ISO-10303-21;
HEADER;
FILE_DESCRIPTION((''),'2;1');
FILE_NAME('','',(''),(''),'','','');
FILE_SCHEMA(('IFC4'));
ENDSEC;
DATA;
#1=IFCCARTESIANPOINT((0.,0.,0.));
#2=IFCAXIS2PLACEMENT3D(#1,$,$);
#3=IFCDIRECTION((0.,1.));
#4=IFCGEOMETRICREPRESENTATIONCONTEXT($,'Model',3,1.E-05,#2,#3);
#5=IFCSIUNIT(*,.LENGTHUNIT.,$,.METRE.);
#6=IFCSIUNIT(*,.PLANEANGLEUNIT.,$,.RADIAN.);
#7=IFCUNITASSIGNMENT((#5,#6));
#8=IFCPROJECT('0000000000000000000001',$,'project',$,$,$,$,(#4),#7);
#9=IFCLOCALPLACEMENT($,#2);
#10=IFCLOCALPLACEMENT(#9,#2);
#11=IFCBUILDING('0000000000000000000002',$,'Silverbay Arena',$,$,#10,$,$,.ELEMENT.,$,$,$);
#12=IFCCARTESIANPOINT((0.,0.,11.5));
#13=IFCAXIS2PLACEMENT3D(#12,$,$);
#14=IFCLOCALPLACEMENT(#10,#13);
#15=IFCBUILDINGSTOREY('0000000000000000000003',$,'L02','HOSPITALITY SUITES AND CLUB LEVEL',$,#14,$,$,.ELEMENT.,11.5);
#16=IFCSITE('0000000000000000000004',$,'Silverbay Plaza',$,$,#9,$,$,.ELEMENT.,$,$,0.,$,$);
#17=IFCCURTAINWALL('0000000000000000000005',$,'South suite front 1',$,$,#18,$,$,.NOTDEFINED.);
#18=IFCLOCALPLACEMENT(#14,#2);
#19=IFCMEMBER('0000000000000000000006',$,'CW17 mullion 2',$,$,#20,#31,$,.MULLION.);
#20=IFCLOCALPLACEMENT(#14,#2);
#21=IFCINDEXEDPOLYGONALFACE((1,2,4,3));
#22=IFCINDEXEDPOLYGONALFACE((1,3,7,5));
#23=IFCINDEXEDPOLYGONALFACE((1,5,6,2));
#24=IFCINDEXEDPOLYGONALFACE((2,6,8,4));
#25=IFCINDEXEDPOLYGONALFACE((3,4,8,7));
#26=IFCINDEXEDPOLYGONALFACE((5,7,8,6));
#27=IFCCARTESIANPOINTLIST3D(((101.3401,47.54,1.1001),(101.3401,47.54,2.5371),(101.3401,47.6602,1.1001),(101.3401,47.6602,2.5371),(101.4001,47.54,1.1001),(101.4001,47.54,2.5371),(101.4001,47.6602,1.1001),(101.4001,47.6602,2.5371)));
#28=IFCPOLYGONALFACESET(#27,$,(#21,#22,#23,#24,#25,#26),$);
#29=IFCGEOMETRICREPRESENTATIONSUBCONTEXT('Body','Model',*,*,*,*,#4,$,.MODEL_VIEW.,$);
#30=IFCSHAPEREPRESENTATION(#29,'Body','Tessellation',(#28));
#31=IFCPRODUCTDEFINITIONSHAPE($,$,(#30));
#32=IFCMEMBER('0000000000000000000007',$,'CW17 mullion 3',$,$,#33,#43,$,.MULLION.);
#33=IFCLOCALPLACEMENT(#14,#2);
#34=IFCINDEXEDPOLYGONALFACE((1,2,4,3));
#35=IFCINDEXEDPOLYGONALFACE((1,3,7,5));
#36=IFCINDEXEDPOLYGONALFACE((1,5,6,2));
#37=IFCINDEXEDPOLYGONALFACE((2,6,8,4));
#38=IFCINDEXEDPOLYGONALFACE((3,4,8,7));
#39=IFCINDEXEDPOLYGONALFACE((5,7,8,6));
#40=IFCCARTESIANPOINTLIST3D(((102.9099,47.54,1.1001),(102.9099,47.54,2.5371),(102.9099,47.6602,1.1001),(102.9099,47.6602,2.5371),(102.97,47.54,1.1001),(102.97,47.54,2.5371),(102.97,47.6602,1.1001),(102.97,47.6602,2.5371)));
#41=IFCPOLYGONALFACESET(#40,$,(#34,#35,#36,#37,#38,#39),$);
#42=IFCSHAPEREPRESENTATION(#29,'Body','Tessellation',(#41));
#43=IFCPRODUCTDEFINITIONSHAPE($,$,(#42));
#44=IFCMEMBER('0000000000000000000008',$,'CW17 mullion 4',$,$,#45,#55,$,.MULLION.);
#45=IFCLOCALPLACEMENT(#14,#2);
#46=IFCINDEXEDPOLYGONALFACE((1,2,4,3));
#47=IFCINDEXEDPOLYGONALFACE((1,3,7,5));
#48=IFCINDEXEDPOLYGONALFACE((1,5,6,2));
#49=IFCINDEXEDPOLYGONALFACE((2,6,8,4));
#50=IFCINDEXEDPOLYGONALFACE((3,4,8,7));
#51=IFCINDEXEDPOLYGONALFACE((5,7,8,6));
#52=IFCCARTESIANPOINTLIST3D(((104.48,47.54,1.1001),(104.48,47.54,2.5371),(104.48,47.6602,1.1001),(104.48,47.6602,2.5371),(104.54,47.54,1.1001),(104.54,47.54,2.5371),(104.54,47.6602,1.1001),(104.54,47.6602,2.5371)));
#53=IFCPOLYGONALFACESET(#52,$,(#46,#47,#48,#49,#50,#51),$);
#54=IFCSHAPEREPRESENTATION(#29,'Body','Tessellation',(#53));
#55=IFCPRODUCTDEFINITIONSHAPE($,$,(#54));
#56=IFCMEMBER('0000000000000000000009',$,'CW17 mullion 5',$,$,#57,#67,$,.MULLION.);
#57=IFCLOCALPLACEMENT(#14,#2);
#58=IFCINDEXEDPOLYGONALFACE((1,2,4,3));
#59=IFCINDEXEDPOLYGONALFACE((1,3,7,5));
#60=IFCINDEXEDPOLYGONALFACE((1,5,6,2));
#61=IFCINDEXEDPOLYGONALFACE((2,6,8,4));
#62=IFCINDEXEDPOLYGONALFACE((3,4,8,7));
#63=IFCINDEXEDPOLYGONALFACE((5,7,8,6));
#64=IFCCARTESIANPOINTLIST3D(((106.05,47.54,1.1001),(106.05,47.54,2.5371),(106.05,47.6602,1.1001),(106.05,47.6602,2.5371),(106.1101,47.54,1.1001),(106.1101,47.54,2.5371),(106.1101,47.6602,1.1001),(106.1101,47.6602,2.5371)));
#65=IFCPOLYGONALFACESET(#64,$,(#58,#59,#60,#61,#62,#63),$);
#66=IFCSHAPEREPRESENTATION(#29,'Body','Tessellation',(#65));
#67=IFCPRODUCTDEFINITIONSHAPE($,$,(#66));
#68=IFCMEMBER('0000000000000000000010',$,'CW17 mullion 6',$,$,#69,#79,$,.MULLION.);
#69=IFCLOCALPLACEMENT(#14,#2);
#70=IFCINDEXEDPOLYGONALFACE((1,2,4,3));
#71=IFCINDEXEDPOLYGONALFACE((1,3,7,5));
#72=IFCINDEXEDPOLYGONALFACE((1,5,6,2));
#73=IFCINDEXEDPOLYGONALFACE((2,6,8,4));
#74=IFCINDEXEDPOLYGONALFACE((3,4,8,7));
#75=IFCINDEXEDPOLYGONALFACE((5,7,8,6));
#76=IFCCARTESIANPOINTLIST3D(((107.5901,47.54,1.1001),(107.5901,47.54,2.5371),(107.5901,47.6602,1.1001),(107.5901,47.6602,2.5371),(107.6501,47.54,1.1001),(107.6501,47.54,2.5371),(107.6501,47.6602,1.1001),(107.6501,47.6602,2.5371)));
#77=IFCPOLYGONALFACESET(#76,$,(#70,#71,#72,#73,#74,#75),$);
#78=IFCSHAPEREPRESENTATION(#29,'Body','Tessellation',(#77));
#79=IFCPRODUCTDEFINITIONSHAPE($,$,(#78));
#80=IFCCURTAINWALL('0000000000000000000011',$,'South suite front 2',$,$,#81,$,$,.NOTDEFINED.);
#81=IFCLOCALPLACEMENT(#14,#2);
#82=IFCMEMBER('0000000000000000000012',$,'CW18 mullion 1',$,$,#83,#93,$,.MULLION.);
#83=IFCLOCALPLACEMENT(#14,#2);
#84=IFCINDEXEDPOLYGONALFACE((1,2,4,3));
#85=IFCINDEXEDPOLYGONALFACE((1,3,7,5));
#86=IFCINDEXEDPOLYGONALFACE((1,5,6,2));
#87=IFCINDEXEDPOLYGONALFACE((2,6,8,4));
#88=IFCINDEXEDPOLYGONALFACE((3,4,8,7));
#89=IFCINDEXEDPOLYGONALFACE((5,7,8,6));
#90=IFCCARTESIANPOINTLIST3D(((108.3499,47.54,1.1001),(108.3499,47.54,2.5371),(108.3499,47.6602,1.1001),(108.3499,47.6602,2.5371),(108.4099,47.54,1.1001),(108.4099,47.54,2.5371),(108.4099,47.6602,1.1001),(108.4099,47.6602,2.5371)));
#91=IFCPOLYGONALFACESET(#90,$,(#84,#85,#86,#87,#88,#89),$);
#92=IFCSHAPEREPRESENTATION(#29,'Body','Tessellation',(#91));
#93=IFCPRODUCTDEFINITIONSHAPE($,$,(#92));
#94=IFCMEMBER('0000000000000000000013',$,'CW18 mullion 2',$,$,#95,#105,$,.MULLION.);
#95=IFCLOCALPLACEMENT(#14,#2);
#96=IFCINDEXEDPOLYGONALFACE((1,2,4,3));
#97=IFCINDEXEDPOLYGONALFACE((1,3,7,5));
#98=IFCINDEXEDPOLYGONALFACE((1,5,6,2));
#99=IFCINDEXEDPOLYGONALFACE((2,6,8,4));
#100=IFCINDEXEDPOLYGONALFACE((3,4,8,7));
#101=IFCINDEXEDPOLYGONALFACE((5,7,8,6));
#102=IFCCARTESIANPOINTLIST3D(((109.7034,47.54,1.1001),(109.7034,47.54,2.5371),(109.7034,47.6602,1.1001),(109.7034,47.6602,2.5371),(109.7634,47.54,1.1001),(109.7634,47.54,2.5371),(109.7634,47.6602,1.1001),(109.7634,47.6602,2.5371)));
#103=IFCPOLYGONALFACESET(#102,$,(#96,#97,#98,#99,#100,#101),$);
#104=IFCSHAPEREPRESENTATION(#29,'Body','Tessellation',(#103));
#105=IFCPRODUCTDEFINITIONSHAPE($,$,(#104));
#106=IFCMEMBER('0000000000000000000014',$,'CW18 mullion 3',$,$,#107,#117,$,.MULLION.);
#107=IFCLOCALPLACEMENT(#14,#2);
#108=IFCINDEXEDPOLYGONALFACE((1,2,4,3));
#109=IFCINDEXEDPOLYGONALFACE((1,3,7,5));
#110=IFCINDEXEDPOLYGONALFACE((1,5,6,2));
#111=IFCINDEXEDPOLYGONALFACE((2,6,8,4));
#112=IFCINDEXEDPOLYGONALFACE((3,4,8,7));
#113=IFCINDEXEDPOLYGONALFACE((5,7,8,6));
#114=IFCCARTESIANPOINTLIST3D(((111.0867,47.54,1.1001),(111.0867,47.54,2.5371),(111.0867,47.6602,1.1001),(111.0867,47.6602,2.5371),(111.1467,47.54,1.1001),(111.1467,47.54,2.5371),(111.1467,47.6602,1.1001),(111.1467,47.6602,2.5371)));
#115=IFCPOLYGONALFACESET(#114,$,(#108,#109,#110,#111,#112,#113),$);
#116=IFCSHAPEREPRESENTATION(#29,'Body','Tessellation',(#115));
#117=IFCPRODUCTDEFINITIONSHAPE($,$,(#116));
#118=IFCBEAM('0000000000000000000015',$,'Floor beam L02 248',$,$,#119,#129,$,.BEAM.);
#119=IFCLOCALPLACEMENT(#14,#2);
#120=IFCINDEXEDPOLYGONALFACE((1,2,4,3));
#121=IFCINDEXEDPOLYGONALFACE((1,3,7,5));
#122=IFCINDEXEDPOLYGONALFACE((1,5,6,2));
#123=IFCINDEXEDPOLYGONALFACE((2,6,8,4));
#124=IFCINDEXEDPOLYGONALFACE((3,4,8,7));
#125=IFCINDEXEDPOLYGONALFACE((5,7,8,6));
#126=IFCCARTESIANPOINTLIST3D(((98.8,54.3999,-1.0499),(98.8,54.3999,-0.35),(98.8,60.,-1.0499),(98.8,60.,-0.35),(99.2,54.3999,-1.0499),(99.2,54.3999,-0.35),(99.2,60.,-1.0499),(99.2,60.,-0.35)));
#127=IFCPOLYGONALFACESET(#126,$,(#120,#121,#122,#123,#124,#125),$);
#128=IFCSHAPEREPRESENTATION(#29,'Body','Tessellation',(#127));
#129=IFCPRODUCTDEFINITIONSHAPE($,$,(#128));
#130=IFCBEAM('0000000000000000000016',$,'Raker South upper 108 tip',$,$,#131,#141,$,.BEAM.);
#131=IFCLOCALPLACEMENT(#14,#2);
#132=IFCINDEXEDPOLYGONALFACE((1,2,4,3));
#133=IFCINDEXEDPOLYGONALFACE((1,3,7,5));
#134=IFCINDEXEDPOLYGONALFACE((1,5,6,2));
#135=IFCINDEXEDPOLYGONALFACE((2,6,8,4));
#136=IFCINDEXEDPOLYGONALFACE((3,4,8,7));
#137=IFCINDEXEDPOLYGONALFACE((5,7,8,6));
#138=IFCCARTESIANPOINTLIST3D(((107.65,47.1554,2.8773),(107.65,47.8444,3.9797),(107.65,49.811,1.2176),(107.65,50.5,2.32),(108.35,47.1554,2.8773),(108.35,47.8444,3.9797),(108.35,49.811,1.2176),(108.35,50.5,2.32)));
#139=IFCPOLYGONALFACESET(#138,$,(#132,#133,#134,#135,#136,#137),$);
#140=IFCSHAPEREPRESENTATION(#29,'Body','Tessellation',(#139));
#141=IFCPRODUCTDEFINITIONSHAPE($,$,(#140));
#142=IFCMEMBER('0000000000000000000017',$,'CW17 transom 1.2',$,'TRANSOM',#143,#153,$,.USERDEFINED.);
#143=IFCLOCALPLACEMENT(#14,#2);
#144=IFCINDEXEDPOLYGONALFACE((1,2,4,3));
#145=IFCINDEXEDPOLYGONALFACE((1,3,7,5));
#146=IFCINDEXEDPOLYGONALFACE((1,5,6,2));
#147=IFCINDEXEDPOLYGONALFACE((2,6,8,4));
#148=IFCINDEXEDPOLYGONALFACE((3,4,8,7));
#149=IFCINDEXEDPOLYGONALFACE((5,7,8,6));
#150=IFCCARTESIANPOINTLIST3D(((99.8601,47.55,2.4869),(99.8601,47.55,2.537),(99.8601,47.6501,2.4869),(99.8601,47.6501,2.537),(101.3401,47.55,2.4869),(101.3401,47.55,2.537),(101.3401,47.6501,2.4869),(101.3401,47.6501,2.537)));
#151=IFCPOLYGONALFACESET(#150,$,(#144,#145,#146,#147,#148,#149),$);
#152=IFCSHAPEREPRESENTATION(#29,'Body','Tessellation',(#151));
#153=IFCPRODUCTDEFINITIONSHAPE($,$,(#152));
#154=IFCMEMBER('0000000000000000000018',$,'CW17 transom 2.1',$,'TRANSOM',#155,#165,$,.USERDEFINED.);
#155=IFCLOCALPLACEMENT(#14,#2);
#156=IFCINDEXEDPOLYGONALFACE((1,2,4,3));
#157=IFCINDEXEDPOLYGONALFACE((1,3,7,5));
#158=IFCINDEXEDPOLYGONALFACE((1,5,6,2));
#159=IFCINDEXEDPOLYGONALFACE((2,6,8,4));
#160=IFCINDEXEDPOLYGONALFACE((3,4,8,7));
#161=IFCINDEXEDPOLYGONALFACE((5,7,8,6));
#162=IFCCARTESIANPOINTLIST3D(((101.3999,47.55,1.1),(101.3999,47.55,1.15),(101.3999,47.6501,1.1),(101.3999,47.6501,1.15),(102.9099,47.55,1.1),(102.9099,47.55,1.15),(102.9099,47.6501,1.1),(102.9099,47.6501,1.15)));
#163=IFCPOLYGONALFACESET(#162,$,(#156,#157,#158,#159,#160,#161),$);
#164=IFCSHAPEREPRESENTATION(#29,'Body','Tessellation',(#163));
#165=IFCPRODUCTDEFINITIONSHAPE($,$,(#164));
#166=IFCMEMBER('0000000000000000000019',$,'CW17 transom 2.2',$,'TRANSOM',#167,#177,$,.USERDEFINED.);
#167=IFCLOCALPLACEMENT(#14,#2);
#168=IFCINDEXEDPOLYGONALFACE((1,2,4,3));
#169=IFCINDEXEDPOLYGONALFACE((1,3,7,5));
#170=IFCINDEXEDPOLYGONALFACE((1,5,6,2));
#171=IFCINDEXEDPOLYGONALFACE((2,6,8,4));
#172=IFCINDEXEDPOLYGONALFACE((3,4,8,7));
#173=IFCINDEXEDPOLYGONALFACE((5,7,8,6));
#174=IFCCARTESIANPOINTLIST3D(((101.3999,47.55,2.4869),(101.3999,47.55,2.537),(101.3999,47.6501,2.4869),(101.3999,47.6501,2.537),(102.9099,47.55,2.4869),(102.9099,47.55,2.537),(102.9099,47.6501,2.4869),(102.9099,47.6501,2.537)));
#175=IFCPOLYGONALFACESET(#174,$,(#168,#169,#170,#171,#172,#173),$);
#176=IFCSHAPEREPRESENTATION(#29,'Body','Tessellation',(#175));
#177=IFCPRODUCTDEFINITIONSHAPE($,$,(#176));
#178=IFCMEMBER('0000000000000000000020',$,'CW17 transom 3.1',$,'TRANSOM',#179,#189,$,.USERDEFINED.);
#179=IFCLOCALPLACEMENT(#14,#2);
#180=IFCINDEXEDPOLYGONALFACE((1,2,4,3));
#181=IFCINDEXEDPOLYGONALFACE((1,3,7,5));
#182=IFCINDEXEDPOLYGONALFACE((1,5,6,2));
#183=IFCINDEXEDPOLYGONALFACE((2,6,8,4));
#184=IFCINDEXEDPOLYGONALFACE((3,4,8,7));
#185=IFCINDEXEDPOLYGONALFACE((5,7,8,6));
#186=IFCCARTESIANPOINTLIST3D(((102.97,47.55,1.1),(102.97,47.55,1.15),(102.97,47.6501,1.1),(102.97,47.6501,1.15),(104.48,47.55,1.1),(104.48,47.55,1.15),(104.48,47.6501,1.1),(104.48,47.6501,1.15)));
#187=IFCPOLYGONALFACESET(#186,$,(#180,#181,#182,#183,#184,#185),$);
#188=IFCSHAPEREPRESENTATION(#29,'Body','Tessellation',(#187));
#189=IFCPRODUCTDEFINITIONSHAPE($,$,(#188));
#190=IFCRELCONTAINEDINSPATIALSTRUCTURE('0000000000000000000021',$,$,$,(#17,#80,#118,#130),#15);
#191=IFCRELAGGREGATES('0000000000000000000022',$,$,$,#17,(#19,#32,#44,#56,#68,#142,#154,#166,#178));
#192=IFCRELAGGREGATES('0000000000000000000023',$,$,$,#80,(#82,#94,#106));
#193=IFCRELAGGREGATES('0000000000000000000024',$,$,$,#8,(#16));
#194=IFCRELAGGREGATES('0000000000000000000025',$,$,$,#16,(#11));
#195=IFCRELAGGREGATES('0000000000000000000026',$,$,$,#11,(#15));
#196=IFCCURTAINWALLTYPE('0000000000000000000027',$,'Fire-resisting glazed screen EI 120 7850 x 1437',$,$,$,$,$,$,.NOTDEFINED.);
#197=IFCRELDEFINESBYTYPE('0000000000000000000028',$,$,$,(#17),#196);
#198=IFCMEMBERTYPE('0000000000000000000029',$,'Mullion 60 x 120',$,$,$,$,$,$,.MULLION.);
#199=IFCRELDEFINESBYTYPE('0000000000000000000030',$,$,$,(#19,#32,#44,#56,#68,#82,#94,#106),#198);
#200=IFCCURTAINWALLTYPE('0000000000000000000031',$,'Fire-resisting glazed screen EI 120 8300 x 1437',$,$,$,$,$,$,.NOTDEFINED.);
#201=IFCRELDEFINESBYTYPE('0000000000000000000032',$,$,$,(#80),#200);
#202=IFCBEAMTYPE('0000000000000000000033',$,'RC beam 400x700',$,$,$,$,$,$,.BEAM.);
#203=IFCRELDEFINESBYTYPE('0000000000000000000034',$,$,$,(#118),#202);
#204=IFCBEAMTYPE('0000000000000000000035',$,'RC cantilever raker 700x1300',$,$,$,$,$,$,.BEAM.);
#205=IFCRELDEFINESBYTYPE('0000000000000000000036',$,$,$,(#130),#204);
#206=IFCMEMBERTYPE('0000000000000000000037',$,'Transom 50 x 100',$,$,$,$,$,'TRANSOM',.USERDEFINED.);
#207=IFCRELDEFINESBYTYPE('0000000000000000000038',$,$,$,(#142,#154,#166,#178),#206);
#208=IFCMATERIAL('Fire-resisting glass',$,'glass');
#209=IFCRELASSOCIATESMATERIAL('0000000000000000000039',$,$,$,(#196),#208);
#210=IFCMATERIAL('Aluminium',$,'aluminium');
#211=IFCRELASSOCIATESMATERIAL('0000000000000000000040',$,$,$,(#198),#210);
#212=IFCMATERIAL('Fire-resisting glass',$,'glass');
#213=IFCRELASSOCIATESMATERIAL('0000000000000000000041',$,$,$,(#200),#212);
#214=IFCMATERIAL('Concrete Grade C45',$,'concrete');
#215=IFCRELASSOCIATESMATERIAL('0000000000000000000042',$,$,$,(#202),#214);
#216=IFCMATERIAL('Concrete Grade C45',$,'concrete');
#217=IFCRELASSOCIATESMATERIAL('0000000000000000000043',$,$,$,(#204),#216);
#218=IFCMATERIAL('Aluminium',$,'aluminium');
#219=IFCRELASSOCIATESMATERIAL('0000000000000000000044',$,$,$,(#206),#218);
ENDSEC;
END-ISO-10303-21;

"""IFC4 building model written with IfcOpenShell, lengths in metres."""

from ifc_helpers import new_model, si_unit, direction, frame, origin, origin_2d, place, context, subcontext, project, spatial, rectangle, extrude, material, material_profile, profile_set, type_object, element, aggregate, save


model = new_model("IFC4")

# Units and contexts
model_context = context("Model", 3, precision=1e-05, world=origin(), true_north=direction((0.0, 1.0)))
body_context = subcontext(model_context, "Body", "Model", "MODEL_VIEW")
ifc_project = project(units=[si_unit("LENGTHUNIT", "METRE"), si_unit("PLANEANGLEUNIT", "RADIAN")], contexts=[model_context])

# Site, building, storey
site_placement = place(None, origin())
site = spatial("IfcSite", under=ifc_project, at=site_placement, Name="Silverbay Plaza", CompositionType="ELEMENT", RefElevation=0.0)
building_placement = place(site_placement, origin())
building = spatial("IfcBuilding", under=site, at=building_placement, Name="Silverbay Arena", CompositionType="ELEMENT")
storey_placement = place(building_placement, frame((0.0, 0.0, 11.5)))
storey = spatial("IfcBuildingStorey", under=building, at=storey_placement, Name="L02", Description="HOSPITALITY SUITES AND CLUB LEVEL", CompositionType="ELEMENT", Elevation=11.5)

# Curtain walls, members
ifc_material_1 = material(Name="Fire-resisting glass", Category="glass")
curtain_wall_type_1 = type_object("IfcCurtainWallType", Name="Fire-resisting glazed screen EI 120 7850 x 1437", PredefinedType="NOTDEFINED", material=ifc_material_1)
curtain_wall_1_placement = place(storey_placement, origin())
curtain_wall_1 = element("IfcCurtainWall", 1, at=curtain_wall_1_placement, inside=storey, type_object=curtain_wall_type_1, Name="South suite front 1", PredefinedType="NOTDEFINED")
ifc_material_2 = material(Name="Aluminium", Category="aluminium")
ifc_material_profile_1 = material_profile(ifc_material_2, rectangle(XDim=0.1201, YDim=0.0601, at=origin_2d()), Name="Mullion 60 x 120")
ifc_profile_set_1 = profile_set([ifc_material_profile_1], Name="Aluminium")
member_type_1 = type_object("IfcMemberType", Name="Mullion 60 x 120", PredefinedType="MULLION", material=ifc_profile_set_1)
member_1_placement = place(storey_placement, frame((101.3701, 47.6001, 1.1001), z_axis=(0.0, 0.0, 1.0), x_axis=(0.0, 1.0, 0.0)))
member_1 = element("IfcMember", 2, at=member_1_placement, type_object=member_type_1, Name="CW17 mullion 2", PredefinedType="MULLION", context=body_context, shape_type="SweptSolid", body=[
    extrude(rectangle(XDim=0.1201, YDim=0.0601, at=origin_2d()), origin(), (0.0, 0.0, 1.0), 1.437),
])
member_2_placement = place(storey_placement, frame((102.9399, 47.6001, 1.1001), z_axis=(0.0, 0.0, 1.0), x_axis=(0.0, 1.0, 0.0)))
member_2 = element("IfcMember", 3, at=member_2_placement, type_object=member_type_1, Name="CW17 mullion 3", PredefinedType="MULLION", context=body_context, shape_type="SweptSolid", body=[
    extrude(rectangle(XDim=0.1201, YDim=0.0601, at=origin_2d()), origin(), (0.0, 0.0, 1.0), 1.437),
])
member_3_placement = place(storey_placement, frame((104.51, 47.6001, 1.1001), z_axis=(0.0, 0.0, 1.0), x_axis=(0.0, 1.0, 0.0)))
member_3 = element("IfcMember", 4, at=member_3_placement, type_object=member_type_1, Name="CW17 mullion 4", PredefinedType="MULLION", context=body_context, shape_type="SweptSolid", body=[
    extrude(rectangle(XDim=0.1201, YDim=0.0601, at=origin_2d()), origin(), (0.0, 0.0, 1.0), 1.437),
])
member_4_placement = place(storey_placement, frame((106.0801, 47.6001, 1.1001), z_axis=(0.0, 0.0, 1.0), x_axis=(0.0, 1.0, 0.0)))
member_4 = element("IfcMember", 5, at=member_4_placement, type_object=member_type_1, Name="CW17 mullion 5", PredefinedType="MULLION", context=body_context, shape_type="SweptSolid", body=[
    extrude(rectangle(XDim=0.1201, YDim=0.0601, at=origin_2d()), origin(), (0.0, 0.0, 1.0), 1.437),
])
member_5_placement = place(storey_placement, frame((107.6201, 47.6001, 1.1001), z_axis=(0.0, 0.0, 1.0), x_axis=(0.0, 1.0, 0.0)))
member_5 = element("IfcMember", 6, at=member_5_placement, type_object=member_type_1, Name="CW17 mullion 6", PredefinedType="MULLION", context=body_context, shape_type="SweptSolid", body=[
    extrude(rectangle(XDim=0.1201, YDim=0.0601, at=origin_2d()), origin(), (0.0, 0.0, 1.0), 1.437),
])
ifc_material_3 = material(Name="Fire-resisting glass", Category="glass")
curtain_wall_type_2 = type_object("IfcCurtainWallType", Name="Fire-resisting glazed screen EI 120 8300 x 1437", PredefinedType="NOTDEFINED", material=ifc_material_3)
curtain_wall_2_placement = place(storey_placement, origin())
curtain_wall_2 = element("IfcCurtainWall", 7, at=curtain_wall_2_placement, inside=storey, type_object=curtain_wall_type_2, Name="South suite front 2", PredefinedType="NOTDEFINED")
member_6_placement = place(storey_placement, frame((108.3799, 47.6001, 1.1001), z_axis=(0.0, 0.0, 1.0), x_axis=(0.0, 1.0, 0.0)))
member_6 = element("IfcMember", 8, at=member_6_placement, type_object=member_type_1, Name="CW18 mullion 1", PredefinedType="MULLION", context=body_context, shape_type="SweptSolid", body=[
    extrude(rectangle(XDim=0.1201, YDim=0.0601, at=origin_2d()), origin(), (0.0, 0.0, 1.0), 1.437),
])
member_7_placement = place(storey_placement, frame((109.7334, 47.6001, 1.1001), z_axis=(0.0, 0.0, 1.0), x_axis=(0.0, 1.0, 0.0)))
member_7 = element("IfcMember", 9, at=member_7_placement, type_object=member_type_1, Name="CW18 mullion 2", PredefinedType="MULLION", context=body_context, shape_type="SweptSolid", body=[
    extrude(rectangle(XDim=0.1201, YDim=0.0601, at=origin_2d()), origin(), (0.0, 0.0, 1.0), 1.437),
])
member_8_placement = place(storey_placement, frame((111.1167, 47.6001, 1.1001), z_axis=(0.0, 0.0, 1.0), x_axis=(0.0, 1.0, 0.0)))
member_8 = element("IfcMember", 10, at=member_8_placement, type_object=member_type_1, Name="CW18 mullion 3", PredefinedType="MULLION", context=body_context, shape_type="SweptSolid", body=[
    extrude(rectangle(XDim=0.1201, YDim=0.0601, at=origin_2d()), origin(), (0.0, 0.0, 1.0), 1.437),
])

# Beams
ifc_material_4 = material(Name="Concrete Grade C45", Category="concrete")
ifc_material_profile_2 = material_profile(ifc_material_4, rectangle(XDim=0.3999, YDim=0.7, at=origin_2d()), Name="RC 400x700")
ifc_profile_set_2 = profile_set([ifc_material_profile_2], Name="Concrete Grade C45")
beam_type_1 = type_object("IfcBeamType", Name="RC beam 400x700", PredefinedType="BEAM", material=ifc_profile_set_2)
beam_1_placement = place(storey_placement, frame((99.0, 54.3999, -0.7), z_axis=(0.0, 1.0, 0.0), x_axis=(-1.0, 0.0, 0.0)))
element("IfcBeam", 11, at=beam_1_placement, inside=storey, type_object=beam_type_1, Name="Floor beam L02 248", PredefinedType="BEAM", context=body_context, shape_type="SweptSolid", body=[
    extrude(rectangle(XDim=0.3999, YDim=0.7, at=origin_2d()), origin(), (0.0, 0.0, 1.0), 5.6001),
])
ifc_material_5 = material(Name="Concrete Grade C45", Category="concrete")
ifc_material_profile_3 = material_profile(ifc_material_5, rectangle(XDim=0.7, YDim=1.3, at=origin_2d()), Name="RC 700x1300")
ifc_profile_set_3 = profile_set([ifc_material_profile_3], Name="Concrete Grade C45")
beam_type_2 = type_object("IfcBeamType", Name="RC cantilever raker 700x1300", PredefinedType="BEAM", material=ifc_profile_set_3)
beam_2_placement = place(storey_placement, frame((108.0, 50.1555, 1.7688), z_axis=(0.0, -0.848003, 0.529992), x_axis=(1.0, 0.0, 0.0)))
element("IfcBeam", 12, at=beam_2_placement, inside=storey, type_object=beam_type_2, Name="Raker South upper 108 tip", PredefinedType="BEAM", context=body_context, shape_type="SweptSolid", body=[
    extrude(rectangle(XDim=0.7, YDim=1.3, at=origin_2d()), origin(), (0.0, 0.0, 1.0), 3.1316),
])

# Members
ifc_material_6 = material(Name="Aluminium", Category="aluminium")
ifc_material_profile_4 = material_profile(ifc_material_6, rectangle(XDim=0.1001, YDim=0.05, at=origin_2d()), Name="Transom 50 x 100")
ifc_profile_set_4 = profile_set([ifc_material_profile_4], Name="Aluminium")
member_type_2 = type_object("IfcMemberType", Name="Transom 50 x 100", ElementType="TRANSOM", PredefinedType="USERDEFINED", material=ifc_profile_set_4)
member_9_placement = place(storey_placement, frame((99.8601, 47.6001, 2.512), z_axis=(1.0, 0.0, 0.0), x_axis=(0.0, 1.0, 0.0)))
member_9 = element("IfcMember", 13, at=member_9_placement, type_object=member_type_2, Name="CW17 transom 1.2", ObjectType="TRANSOM", PredefinedType="USERDEFINED", context=body_context, shape_type="SweptSolid", body=[
    extrude(rectangle(XDim=0.1001, YDim=0.05, at=origin_2d()), origin(), (0.0, 0.0, 1.0), 1.48),
])
member_10_placement = place(storey_placement, frame((101.3999, 47.6001, 1.125), z_axis=(1.0, 0.0, 0.0), x_axis=(0.0, 1.0, 0.0)))
member_10 = element("IfcMember", 14, at=member_10_placement, type_object=member_type_2, Name="CW17 transom 2.1", ObjectType="TRANSOM", PredefinedType="USERDEFINED", context=body_context, shape_type="SweptSolid", body=[
    extrude(rectangle(XDim=0.1001, YDim=0.05, at=origin_2d()), origin(), (0.0, 0.0, 1.0), 1.51),
])
member_11_placement = place(storey_placement, frame((101.3999, 47.6001, 2.512), z_axis=(1.0, 0.0, 0.0), x_axis=(0.0, 1.0, 0.0)))
member_11 = element("IfcMember", 15, at=member_11_placement, type_object=member_type_2, Name="CW17 transom 2.2", ObjectType="TRANSOM", PredefinedType="USERDEFINED", context=body_context, shape_type="SweptSolid", body=[
    extrude(rectangle(XDim=0.1001, YDim=0.05, at=origin_2d()), origin(), (0.0, 0.0, 1.0), 1.51),
])
member_12_placement = place(storey_placement, frame((102.97, 47.6001, 1.125), z_axis=(1.0, 0.0, 0.0), x_axis=(0.0, 1.0, 0.0)))
member_12 = element("IfcMember", 16, at=member_12_placement, type_object=member_type_2, Name="CW17 transom 3.1", ObjectType="TRANSOM", PredefinedType="USERDEFINED", context=body_context, shape_type="SweptSolid", body=[
    extrude(rectangle(XDim=0.1001, YDim=0.05, at=origin_2d()), origin(), (0.0, 0.0, 1.0), 1.51),
])

aggregate(curtain_wall_1, [member_1, member_2, member_3, member_4, member_5, member_9, member_10, member_11, member_12])
aggregate(curtain_wall_2, [member_6, member_7, member_8])

save(model, "model.ifc")
